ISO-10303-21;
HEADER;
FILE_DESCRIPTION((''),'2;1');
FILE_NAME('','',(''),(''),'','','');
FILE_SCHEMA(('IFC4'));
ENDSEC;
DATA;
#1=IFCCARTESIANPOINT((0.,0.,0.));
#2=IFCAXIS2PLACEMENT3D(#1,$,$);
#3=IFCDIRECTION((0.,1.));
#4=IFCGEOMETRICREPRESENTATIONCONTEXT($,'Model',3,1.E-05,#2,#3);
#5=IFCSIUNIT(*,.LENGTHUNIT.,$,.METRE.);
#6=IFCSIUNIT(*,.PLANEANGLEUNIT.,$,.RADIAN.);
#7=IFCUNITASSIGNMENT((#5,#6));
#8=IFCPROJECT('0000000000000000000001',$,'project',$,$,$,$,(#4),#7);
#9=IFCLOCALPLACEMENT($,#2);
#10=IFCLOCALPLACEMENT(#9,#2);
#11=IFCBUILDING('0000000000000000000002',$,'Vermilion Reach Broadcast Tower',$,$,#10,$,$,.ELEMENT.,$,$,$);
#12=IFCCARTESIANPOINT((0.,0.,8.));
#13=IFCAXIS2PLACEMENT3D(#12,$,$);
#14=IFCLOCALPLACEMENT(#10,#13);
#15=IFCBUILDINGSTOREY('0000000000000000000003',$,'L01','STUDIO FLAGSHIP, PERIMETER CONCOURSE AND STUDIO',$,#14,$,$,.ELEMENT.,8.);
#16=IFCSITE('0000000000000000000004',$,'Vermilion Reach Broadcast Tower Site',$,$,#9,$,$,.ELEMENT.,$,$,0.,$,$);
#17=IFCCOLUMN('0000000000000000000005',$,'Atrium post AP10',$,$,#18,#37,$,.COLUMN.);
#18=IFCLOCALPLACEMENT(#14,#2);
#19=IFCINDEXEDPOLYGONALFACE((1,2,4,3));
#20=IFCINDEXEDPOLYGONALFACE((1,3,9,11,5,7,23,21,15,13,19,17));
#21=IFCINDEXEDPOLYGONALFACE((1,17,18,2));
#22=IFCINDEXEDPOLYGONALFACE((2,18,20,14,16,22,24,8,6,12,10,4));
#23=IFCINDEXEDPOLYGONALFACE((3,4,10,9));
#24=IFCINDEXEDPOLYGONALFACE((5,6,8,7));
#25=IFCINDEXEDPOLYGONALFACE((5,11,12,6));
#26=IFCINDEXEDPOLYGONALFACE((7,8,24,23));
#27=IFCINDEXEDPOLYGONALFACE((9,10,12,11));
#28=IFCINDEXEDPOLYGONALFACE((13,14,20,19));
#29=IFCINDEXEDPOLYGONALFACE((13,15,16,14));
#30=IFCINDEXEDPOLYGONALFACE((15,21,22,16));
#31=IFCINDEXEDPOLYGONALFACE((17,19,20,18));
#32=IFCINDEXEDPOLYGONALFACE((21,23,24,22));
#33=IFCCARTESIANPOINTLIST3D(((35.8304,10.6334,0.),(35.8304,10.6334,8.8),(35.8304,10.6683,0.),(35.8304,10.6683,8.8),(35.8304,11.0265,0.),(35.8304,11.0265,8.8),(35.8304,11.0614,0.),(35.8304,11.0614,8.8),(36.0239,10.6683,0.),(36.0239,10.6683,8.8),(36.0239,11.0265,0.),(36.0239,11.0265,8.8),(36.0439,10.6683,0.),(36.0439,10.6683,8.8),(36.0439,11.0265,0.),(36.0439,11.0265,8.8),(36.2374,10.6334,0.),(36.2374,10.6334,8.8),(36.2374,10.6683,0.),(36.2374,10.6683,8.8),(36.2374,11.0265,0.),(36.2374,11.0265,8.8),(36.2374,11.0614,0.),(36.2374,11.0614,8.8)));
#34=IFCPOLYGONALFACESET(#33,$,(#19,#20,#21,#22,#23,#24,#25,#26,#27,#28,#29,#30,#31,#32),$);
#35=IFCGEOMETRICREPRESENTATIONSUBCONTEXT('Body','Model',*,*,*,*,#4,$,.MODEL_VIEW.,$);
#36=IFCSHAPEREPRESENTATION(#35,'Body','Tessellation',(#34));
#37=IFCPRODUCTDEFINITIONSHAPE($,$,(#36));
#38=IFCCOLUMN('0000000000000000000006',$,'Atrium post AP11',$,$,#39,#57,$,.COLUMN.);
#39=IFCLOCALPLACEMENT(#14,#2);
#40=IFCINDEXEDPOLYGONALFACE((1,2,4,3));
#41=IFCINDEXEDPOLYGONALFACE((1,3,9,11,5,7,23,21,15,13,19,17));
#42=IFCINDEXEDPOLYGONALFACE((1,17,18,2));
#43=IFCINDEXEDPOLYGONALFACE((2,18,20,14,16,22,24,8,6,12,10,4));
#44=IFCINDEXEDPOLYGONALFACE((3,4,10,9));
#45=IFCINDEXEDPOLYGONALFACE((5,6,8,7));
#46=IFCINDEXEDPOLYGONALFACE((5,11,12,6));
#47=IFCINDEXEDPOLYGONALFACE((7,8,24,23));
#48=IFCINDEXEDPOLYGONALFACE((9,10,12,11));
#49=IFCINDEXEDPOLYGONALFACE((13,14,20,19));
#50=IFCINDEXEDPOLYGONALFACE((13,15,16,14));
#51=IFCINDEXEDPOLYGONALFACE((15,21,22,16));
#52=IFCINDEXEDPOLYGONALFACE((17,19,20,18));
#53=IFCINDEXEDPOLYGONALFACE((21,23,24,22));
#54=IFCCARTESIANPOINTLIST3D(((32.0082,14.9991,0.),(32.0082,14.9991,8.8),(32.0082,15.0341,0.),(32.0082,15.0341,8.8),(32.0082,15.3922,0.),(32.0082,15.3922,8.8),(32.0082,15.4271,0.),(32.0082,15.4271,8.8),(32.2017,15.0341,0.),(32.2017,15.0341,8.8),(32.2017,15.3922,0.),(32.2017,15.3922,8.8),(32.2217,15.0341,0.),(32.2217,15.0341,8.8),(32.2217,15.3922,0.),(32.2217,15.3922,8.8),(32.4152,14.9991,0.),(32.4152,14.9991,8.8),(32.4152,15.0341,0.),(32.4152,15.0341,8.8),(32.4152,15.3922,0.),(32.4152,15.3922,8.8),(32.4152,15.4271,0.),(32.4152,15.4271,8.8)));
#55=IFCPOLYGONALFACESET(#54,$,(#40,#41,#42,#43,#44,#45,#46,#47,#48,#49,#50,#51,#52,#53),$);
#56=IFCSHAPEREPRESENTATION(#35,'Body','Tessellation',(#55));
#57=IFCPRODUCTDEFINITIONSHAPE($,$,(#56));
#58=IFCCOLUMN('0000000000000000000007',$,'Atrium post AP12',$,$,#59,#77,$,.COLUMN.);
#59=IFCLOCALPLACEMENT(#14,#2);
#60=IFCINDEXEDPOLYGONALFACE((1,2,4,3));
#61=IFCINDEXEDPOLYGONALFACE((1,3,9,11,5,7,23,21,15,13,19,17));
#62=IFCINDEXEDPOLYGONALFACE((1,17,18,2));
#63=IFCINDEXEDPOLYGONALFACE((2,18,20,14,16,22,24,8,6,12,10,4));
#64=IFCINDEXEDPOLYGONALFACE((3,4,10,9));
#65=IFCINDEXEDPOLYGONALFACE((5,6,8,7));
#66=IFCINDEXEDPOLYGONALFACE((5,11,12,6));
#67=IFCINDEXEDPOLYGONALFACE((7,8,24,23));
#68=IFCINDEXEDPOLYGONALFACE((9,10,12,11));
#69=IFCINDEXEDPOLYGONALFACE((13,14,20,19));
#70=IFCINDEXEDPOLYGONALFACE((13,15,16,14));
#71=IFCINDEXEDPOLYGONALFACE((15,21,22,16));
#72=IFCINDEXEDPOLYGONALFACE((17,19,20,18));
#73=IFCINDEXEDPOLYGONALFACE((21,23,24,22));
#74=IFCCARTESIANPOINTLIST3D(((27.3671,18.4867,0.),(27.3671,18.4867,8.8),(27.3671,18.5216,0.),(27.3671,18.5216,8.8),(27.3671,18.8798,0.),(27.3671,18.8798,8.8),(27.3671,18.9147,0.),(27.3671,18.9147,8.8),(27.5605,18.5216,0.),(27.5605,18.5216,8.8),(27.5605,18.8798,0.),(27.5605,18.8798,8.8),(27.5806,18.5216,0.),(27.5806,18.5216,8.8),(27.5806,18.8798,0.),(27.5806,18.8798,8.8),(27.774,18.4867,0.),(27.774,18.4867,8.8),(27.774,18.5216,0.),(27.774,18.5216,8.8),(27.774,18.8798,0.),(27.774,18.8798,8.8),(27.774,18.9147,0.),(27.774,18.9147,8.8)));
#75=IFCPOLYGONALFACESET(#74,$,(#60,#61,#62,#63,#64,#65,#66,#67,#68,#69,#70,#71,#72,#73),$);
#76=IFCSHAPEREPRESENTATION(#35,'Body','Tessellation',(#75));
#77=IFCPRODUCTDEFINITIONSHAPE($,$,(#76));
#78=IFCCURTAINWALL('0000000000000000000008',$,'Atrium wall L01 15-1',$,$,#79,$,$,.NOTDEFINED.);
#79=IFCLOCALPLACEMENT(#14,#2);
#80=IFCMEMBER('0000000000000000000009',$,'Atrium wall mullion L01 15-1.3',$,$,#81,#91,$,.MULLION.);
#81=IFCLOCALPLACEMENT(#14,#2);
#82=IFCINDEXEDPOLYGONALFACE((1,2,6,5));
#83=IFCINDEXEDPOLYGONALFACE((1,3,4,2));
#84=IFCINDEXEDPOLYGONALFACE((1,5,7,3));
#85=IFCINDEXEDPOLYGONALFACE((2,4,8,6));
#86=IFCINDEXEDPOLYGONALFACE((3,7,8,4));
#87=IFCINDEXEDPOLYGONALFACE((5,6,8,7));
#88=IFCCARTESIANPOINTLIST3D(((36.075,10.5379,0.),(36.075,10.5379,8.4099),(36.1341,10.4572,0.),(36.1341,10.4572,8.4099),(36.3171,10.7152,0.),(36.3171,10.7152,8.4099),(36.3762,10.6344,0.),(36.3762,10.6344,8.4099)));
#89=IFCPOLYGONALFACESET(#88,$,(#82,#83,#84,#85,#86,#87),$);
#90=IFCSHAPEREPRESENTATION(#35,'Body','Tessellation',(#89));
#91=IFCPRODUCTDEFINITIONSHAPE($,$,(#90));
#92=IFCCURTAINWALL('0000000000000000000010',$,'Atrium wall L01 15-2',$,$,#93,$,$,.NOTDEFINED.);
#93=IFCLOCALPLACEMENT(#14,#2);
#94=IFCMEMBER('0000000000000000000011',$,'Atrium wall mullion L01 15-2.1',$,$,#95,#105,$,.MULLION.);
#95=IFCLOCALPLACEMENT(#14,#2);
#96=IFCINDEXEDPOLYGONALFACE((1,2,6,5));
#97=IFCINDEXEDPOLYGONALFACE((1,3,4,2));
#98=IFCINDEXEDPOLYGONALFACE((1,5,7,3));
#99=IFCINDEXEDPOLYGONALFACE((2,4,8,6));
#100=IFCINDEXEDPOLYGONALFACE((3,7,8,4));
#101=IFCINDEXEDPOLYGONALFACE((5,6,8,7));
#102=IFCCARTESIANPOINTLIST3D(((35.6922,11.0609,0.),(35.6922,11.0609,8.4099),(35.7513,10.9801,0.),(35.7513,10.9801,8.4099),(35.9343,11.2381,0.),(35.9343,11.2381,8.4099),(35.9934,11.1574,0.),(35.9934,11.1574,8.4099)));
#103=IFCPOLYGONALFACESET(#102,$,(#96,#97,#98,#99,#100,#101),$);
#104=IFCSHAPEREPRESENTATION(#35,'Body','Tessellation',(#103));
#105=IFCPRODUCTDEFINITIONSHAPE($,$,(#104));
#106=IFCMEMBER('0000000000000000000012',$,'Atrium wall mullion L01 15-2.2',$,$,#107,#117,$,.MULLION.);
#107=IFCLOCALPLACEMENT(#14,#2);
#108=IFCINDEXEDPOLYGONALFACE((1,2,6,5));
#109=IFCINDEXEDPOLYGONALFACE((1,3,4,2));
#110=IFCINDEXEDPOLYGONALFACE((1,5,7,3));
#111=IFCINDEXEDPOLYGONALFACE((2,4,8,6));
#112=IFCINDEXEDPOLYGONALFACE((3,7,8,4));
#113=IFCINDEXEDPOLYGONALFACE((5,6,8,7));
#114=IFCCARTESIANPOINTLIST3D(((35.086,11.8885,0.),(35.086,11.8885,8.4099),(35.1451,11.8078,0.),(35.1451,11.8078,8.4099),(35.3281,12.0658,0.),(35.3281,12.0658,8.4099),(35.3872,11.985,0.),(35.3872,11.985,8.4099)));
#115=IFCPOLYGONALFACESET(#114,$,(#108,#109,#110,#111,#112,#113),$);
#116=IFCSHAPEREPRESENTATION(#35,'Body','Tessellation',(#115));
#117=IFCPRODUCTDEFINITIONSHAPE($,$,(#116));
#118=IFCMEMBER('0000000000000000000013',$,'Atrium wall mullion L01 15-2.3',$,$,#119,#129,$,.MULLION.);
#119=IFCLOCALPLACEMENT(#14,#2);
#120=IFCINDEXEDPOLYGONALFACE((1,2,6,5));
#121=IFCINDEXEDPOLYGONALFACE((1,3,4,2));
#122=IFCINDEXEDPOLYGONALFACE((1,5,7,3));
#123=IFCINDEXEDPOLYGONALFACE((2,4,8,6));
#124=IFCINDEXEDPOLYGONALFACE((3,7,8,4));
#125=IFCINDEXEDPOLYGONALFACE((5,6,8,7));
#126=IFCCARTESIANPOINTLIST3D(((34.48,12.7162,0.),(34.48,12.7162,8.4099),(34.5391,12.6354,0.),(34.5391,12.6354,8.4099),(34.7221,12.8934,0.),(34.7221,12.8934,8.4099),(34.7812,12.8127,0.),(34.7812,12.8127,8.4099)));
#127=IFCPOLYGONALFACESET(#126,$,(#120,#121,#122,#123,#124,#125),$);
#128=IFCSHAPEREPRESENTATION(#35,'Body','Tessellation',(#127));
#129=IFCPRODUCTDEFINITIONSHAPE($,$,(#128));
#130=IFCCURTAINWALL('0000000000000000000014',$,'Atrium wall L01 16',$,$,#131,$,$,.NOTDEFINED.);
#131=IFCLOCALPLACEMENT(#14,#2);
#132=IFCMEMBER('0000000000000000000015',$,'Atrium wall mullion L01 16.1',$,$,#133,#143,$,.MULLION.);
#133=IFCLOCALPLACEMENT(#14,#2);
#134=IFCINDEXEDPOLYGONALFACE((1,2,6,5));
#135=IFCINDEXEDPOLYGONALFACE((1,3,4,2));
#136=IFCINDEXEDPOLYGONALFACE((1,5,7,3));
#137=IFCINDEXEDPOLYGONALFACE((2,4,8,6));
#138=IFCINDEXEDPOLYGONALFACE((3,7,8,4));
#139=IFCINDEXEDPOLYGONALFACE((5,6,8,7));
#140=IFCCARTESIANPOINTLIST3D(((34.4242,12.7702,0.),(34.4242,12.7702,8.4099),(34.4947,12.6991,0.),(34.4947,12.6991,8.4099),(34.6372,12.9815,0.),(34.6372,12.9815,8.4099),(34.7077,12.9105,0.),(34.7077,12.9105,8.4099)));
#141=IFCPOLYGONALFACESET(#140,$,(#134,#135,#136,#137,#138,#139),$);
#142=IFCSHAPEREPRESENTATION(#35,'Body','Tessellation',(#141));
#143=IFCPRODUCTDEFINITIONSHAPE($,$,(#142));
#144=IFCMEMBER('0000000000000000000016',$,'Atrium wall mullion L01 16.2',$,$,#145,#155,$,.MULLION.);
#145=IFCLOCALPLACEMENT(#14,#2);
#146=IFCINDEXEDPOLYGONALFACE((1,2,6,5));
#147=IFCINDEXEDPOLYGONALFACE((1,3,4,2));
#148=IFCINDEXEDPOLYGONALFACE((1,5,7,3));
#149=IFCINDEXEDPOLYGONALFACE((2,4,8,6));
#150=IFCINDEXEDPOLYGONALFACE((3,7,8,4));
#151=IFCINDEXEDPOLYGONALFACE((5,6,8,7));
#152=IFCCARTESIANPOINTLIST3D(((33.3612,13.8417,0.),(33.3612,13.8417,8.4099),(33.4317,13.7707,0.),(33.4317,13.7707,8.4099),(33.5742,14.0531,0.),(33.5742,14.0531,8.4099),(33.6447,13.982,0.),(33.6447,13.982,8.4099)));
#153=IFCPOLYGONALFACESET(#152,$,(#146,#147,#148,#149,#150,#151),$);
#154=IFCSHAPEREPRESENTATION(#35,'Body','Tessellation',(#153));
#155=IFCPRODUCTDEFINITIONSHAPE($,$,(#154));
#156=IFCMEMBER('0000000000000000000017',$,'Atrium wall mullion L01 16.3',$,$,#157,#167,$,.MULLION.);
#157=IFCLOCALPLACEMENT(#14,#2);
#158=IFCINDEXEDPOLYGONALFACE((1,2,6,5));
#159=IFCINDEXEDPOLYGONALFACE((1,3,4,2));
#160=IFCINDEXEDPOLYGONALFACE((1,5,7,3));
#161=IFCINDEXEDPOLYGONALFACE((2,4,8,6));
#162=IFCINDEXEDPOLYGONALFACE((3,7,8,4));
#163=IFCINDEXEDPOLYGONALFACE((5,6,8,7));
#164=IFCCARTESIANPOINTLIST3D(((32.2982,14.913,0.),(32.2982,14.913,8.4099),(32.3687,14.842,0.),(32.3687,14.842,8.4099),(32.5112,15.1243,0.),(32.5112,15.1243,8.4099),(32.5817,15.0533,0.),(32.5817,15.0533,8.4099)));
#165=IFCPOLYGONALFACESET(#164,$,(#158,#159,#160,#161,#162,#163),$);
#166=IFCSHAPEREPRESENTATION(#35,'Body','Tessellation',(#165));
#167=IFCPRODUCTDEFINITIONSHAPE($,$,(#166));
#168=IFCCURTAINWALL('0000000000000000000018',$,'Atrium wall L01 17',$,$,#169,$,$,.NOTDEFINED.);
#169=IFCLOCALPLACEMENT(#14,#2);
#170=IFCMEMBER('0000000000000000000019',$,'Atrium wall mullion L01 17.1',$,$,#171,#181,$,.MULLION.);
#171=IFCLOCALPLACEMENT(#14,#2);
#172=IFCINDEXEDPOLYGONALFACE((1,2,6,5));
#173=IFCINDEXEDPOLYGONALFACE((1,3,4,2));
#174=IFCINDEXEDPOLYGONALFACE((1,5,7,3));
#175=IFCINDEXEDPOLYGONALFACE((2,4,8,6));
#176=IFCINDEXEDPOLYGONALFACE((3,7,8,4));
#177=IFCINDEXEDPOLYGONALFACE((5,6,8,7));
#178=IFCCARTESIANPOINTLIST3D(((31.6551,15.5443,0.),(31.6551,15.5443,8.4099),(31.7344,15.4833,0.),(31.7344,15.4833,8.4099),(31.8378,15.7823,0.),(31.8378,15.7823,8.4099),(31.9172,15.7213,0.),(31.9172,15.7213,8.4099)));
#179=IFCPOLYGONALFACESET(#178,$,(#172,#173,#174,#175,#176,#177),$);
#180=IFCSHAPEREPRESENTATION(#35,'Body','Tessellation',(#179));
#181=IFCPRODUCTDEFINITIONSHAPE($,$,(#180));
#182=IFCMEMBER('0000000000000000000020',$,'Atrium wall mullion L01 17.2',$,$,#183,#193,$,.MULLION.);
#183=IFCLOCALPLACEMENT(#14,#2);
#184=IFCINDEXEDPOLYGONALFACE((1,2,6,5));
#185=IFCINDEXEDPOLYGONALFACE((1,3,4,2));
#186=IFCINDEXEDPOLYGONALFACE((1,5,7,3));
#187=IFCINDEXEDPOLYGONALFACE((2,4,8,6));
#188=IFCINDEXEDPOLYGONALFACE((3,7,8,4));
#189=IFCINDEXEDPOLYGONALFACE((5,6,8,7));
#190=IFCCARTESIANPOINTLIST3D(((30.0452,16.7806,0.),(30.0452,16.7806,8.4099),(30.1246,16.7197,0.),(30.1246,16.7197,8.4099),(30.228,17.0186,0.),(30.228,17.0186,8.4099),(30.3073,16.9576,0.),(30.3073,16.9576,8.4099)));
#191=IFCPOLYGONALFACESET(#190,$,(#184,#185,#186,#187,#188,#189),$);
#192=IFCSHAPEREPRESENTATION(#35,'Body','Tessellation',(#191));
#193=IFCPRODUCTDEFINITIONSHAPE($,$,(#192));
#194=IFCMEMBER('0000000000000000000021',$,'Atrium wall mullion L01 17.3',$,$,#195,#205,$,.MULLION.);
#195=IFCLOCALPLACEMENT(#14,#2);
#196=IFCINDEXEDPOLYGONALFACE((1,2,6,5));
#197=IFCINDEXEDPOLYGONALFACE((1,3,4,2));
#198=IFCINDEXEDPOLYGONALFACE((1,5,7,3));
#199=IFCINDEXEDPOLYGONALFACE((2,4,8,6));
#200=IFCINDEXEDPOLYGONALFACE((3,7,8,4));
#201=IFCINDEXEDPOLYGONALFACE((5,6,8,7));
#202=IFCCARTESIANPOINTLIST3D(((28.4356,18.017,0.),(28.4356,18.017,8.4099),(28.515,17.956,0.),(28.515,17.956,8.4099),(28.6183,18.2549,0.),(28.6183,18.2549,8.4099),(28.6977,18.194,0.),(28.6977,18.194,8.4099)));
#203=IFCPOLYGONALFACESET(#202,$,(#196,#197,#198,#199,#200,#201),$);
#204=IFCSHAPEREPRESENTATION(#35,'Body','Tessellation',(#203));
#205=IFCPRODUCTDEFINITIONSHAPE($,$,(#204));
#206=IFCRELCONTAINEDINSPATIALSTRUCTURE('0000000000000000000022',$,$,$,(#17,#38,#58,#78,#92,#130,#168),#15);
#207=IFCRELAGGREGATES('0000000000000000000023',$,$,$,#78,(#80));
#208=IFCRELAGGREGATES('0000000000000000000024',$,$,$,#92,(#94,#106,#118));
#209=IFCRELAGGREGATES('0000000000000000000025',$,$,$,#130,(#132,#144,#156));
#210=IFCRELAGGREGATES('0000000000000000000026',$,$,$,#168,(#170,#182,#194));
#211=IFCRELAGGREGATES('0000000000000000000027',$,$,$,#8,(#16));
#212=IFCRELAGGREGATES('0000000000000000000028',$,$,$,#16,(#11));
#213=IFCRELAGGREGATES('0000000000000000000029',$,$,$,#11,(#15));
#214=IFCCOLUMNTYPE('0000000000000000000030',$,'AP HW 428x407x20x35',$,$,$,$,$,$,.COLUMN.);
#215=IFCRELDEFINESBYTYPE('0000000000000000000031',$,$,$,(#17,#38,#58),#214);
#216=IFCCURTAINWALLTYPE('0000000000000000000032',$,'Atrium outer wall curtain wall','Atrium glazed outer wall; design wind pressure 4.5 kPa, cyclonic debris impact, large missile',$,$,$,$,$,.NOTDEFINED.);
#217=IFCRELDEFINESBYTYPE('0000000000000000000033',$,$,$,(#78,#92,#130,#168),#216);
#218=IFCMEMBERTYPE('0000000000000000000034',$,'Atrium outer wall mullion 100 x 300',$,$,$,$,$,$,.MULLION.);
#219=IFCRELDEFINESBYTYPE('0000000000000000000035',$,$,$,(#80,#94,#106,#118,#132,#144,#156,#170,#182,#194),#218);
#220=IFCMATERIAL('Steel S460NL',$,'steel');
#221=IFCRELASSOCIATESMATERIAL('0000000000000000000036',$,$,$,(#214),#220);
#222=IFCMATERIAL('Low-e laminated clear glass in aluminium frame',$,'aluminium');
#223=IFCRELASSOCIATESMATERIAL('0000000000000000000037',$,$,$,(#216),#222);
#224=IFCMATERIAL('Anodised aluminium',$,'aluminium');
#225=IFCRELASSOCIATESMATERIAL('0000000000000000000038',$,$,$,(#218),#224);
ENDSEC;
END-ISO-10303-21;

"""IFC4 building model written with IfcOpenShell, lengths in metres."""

from ifc_helpers import new_model, si_unit, direction, frame, origin, origin_2d, place, context, subcontext, project, spatial, rectangle, i_section, extrude, material, material_profile, profile_set, type_object, element, aggregate, save


model = new_model("IFC4")

# Units and contexts
model_context = context("Model", 3, precision=1e-05, world=origin(), true_north=direction((0.0, 1.0)))
body_context = subcontext(model_context, "Body", "Model", "MODEL_VIEW")
ifc_project = project(units=[si_unit("LENGTHUNIT", "METRE"), si_unit("PLANEANGLEUNIT", "RADIAN")], contexts=[model_context])

# Site, building, storey
site_placement = place(None, origin())
site = spatial("IfcSite", under=ifc_project, at=site_placement, Name="Vermilion Reach Broadcast Tower Site", CompositionType="ELEMENT", RefElevation=0.0)
building_placement = place(site_placement, origin())
building = spatial("IfcBuilding", under=site, at=building_placement, Name="Vermilion Reach Broadcast Tower", CompositionType="ELEMENT")
storey_placement = place(building_placement, frame((0.0, 0.0, 8.0)))
storey = spatial("IfcBuildingStorey", under=building, at=storey_placement, Name="L01", Description="STUDIO FLAGSHIP, PERIMETER CONCOURSE AND STUDIO", CompositionType="ELEMENT", Elevation=8.0)

# Columns
ifc_material_1 = material(Name="Steel S460NL", Category="steel")
ifc_material_profile_1 = material_profile(ifc_material_1, i_section(OverallWidth=0.407, OverallDepth=0.428, WebThickness=0.02, FlangeThickness=0.0349, at=origin_2d()), Name="S460NL HW 428x407x20x35")
ifc_profile_set_1 = profile_set([ifc_material_profile_1], Name="Steel S460NL")
column_type = type_object("IfcColumnType", Name="AP HW 428x407x20x35", PredefinedType="COLUMN", material=ifc_profile_set_1)
for number, where, z_axis, x_axis, name in (
    (1, (36.0339, 10.8474, 0.0), (0.0, 0.0, 1.0), (1.0, 0.0, 0.0), "Atrium post AP10"),
    (2, (32.2117, 15.2131, 0.0), (0.0, 0.0, 1.0), (1.0, 0.0, 0.0), "Atrium post AP11"),
    (3, (27.5706, 18.7007, 0.0), (0.0, 0.0, 1.0), (1.0, 0.0, 0.0), "Atrium post AP12"),
):
    element("IfcColumn", number, at=place(storey_placement, frame(where, z_axis=z_axis, x_axis=x_axis)), inside=storey, type_object=column_type, Name=name, PredefinedType="COLUMN", context=body_context, shape_type="SweptSolid", body=[
        extrude(i_section(OverallWidth=0.407, OverallDepth=0.428, WebThickness=0.02, FlangeThickness=0.0349, at=origin_2d()), origin(), (0.0, 0.0, 1.0), 8.8),
    ])

# Curtain wall, member
ifc_material_2 = material(Name="Low-e laminated clear glass in aluminium frame", Category="aluminium")
curtain_wall_type = type_object("IfcCurtainWallType", Name="Atrium outer wall curtain wall", Description="Atrium glazed outer wall; design wind pressure 4.5 kPa, cyclonic debris impact, large missile", PredefinedType="NOTDEFINED", material=ifc_material_2)
placement = place(storey_placement, origin())
curtain_wall_1 = element("IfcCurtainWall", 4, at=placement, inside=storey, type_object=curtain_wall_type, Name="Atrium wall L01 15-1", PredefinedType="NOTDEFINED")
ifc_material_3 = material(Name="Anodised aluminium", Category="aluminium")
ifc_material_profile_2 = material_profile(ifc_material_3, rectangle(XDim=0.3, YDim=0.1001, at=origin_2d()), Name="Atrium outer wall mullion 100 x 300")
ifc_profile_set_2 = profile_set([ifc_material_profile_2], Name="Anodised aluminium")
member_type_1 = type_object("IfcMemberType", Name="Atrium outer wall mullion 100 x 300", PredefinedType="MULLION", material=ifc_profile_set_2)
member_1_placement = place(storey_placement, frame((36.2256, 10.5862, 0.0), z_axis=(0.0, 0.0, 1.0), x_axis=(-0.806847, -0.59076, 0.0)))
member_1 = element("IfcMember", 5, at=member_1_placement, type_object=member_type_1, Name="Atrium wall mullion L01 15-1.3", PredefinedType="MULLION", context=body_context, shape_type="SweptSolid", body=[
    extrude(rectangle(XDim=0.3, YDim=0.1001, at=origin_2d()), origin(), (0.0, 0.0, 1.0), 8.4099),
])
aggregate(curtain_wall_1, [member_1])

# Curtain walls, members
curtain_wall_2 = element("IfcCurtainWall", 6, at=placement, inside=storey, type_object=curtain_wall_type, Name="Atrium wall L01 15-2", PredefinedType="NOTDEFINED")
member_2_placement = place(storey_placement, frame((35.8428, 11.1091, 0.0), z_axis=(0.0, 0.0, 1.0), x_axis=(-0.806847, -0.59076, 0.0)))
member_2 = element("IfcMember", 7, at=member_2_placement, type_object=member_type_1, Name="Atrium wall mullion L01 15-2.1", PredefinedType="MULLION", context=body_context, shape_type="SweptSolid", body=[
    extrude(rectangle(XDim=0.3, YDim=0.1001, at=origin_2d()), origin(), (0.0, 0.0, 1.0), 8.4099),
])
member_3_placement = place(storey_placement, frame((35.2366, 11.9368, 0.0), z_axis=(0.0, 0.0, 1.0), x_axis=(-0.806847, -0.59076, 0.0)))
member_3 = element("IfcMember", 8, at=member_3_placement, type_object=member_type_1, Name="Atrium wall mullion L01 15-2.2", PredefinedType="MULLION", context=body_context, shape_type="SweptSolid", body=[
    extrude(rectangle(XDim=0.3, YDim=0.1001, at=origin_2d()), origin(), (0.0, 0.0, 1.0), 8.4099),
])
member_4_placement = place(storey_placement, frame((34.6306, 12.7644, 0.0), z_axis=(0.0, 0.0, 1.0), x_axis=(-0.806847, -0.59076, 0.0)))
member_4 = element("IfcMember", 9, at=member_4_placement, type_object=member_type_1, Name="Atrium wall mullion L01 15-2.3", PredefinedType="MULLION", context=body_context, shape_type="SweptSolid", body=[
    extrude(rectangle(XDim=0.3, YDim=0.1001, at=origin_2d()), origin(), (0.0, 0.0, 1.0), 8.4099),
])
curtain_wall_3 = element("IfcCurtainWall", 10, at=placement, inside=storey, type_object=curtain_wall_type, Name="Atrium wall L01 16", PredefinedType="NOTDEFINED")
member_5_placement = place(storey_placement, frame((34.5659, 12.8403, 0.0), z_axis=(0.0, 0.0, 1.0), x_axis=(-0.709926, -0.704276, 0.0)))
member_5 = element("IfcMember", 11, at=member_5_placement, type_object=member_type_1, Name="Atrium wall mullion L01 16.1", PredefinedType="MULLION", context=body_context, shape_type="SweptSolid", body=[
    extrude(rectangle(XDim=0.3, YDim=0.1001, at=origin_2d()), origin(), (0.0, 0.0, 1.0), 8.4099),
])
member_6_placement = place(storey_placement, frame((33.5029, 13.9119, 0.0), z_axis=(0.0, 0.0, 1.0), x_axis=(-0.709926, -0.704276, 0.0)))
member_6 = element("IfcMember", 12, at=member_6_placement, type_object=member_type_1, Name="Atrium wall mullion L01 16.2", PredefinedType="MULLION", context=body_context, shape_type="SweptSolid", body=[
    extrude(rectangle(XDim=0.3, YDim=0.1001, at=origin_2d()), origin(), (0.0, 0.0, 1.0), 8.4099),
])
member_7_placement = place(storey_placement, frame((32.4399, 14.9832, 0.0), z_axis=(0.0, 0.0, 1.0), x_axis=(-0.709926, -0.704276, 0.0)))
member_7 = element("IfcMember", 13, at=member_7_placement, type_object=member_type_1, Name="Atrium wall mullion L01 16.3", PredefinedType="MULLION", context=body_context, shape_type="SweptSolid", body=[
    extrude(rectangle(XDim=0.3, YDim=0.1001, at=origin_2d()), origin(), (0.0, 0.0, 1.0), 8.4099),
])
curtain_wall_4 = element("IfcCurtainWall", 14, at=placement, inside=storey, type_object=curtain_wall_type, Name="Atrium wall L01 17", PredefinedType="NOTDEFINED")
member_8_placement = place(storey_placement, frame((31.7861, 15.6328, 0.0), z_axis=(0.0, 0.0, 1.0), x_axis=(-0.609114, -0.793083, 0.0)))
member_8 = element("IfcMember", 15, at=member_8_placement, type_object=member_type_1, Name="Atrium wall mullion L01 17.1", PredefinedType="MULLION", context=body_context, shape_type="SweptSolid", body=[
    extrude(rectangle(XDim=0.3, YDim=0.1001, at=origin_2d()), origin(), (0.0, 0.0, 1.0), 8.4099),
])
member_9_placement = place(storey_placement, frame((30.1763, 16.8691, 0.0), z_axis=(0.0, 0.0, 1.0), x_axis=(-0.609114, -0.793083, 0.0)))
member_9 = element("IfcMember", 16, at=member_9_placement, type_object=member_type_1, Name="Atrium wall mullion L01 17.2", PredefinedType="MULLION", context=body_context, shape_type="SweptSolid", body=[
    extrude(rectangle(XDim=0.3, YDim=0.1001, at=origin_2d()), origin(), (0.0, 0.0, 1.0), 8.4099),
])
member_10_placement = place(storey_placement, frame((28.5667, 18.1055, 0.0), z_axis=(0.0, 0.0, 1.0), x_axis=(-0.609114, -0.793083, 0.0)))
member_10 = element("IfcMember", 17, at=member_10_placement, type_object=member_type_1, Name="Atrium wall mullion L01 17.3", PredefinedType="MULLION", context=body_context, shape_type="SweptSolid", body=[
    extrude(rectangle(XDim=0.3, YDim=0.1001, at=origin_2d()), origin(), (0.0, 0.0, 1.0), 8.4099),
])

aggregate(curtain_wall_2, [member_2, member_3, member_4])
aggregate(curtain_wall_3, [member_5, member_6, member_7])
aggregate(curtain_wall_4, [member_8, member_9, member_10])

save(model, "model.ifc")
